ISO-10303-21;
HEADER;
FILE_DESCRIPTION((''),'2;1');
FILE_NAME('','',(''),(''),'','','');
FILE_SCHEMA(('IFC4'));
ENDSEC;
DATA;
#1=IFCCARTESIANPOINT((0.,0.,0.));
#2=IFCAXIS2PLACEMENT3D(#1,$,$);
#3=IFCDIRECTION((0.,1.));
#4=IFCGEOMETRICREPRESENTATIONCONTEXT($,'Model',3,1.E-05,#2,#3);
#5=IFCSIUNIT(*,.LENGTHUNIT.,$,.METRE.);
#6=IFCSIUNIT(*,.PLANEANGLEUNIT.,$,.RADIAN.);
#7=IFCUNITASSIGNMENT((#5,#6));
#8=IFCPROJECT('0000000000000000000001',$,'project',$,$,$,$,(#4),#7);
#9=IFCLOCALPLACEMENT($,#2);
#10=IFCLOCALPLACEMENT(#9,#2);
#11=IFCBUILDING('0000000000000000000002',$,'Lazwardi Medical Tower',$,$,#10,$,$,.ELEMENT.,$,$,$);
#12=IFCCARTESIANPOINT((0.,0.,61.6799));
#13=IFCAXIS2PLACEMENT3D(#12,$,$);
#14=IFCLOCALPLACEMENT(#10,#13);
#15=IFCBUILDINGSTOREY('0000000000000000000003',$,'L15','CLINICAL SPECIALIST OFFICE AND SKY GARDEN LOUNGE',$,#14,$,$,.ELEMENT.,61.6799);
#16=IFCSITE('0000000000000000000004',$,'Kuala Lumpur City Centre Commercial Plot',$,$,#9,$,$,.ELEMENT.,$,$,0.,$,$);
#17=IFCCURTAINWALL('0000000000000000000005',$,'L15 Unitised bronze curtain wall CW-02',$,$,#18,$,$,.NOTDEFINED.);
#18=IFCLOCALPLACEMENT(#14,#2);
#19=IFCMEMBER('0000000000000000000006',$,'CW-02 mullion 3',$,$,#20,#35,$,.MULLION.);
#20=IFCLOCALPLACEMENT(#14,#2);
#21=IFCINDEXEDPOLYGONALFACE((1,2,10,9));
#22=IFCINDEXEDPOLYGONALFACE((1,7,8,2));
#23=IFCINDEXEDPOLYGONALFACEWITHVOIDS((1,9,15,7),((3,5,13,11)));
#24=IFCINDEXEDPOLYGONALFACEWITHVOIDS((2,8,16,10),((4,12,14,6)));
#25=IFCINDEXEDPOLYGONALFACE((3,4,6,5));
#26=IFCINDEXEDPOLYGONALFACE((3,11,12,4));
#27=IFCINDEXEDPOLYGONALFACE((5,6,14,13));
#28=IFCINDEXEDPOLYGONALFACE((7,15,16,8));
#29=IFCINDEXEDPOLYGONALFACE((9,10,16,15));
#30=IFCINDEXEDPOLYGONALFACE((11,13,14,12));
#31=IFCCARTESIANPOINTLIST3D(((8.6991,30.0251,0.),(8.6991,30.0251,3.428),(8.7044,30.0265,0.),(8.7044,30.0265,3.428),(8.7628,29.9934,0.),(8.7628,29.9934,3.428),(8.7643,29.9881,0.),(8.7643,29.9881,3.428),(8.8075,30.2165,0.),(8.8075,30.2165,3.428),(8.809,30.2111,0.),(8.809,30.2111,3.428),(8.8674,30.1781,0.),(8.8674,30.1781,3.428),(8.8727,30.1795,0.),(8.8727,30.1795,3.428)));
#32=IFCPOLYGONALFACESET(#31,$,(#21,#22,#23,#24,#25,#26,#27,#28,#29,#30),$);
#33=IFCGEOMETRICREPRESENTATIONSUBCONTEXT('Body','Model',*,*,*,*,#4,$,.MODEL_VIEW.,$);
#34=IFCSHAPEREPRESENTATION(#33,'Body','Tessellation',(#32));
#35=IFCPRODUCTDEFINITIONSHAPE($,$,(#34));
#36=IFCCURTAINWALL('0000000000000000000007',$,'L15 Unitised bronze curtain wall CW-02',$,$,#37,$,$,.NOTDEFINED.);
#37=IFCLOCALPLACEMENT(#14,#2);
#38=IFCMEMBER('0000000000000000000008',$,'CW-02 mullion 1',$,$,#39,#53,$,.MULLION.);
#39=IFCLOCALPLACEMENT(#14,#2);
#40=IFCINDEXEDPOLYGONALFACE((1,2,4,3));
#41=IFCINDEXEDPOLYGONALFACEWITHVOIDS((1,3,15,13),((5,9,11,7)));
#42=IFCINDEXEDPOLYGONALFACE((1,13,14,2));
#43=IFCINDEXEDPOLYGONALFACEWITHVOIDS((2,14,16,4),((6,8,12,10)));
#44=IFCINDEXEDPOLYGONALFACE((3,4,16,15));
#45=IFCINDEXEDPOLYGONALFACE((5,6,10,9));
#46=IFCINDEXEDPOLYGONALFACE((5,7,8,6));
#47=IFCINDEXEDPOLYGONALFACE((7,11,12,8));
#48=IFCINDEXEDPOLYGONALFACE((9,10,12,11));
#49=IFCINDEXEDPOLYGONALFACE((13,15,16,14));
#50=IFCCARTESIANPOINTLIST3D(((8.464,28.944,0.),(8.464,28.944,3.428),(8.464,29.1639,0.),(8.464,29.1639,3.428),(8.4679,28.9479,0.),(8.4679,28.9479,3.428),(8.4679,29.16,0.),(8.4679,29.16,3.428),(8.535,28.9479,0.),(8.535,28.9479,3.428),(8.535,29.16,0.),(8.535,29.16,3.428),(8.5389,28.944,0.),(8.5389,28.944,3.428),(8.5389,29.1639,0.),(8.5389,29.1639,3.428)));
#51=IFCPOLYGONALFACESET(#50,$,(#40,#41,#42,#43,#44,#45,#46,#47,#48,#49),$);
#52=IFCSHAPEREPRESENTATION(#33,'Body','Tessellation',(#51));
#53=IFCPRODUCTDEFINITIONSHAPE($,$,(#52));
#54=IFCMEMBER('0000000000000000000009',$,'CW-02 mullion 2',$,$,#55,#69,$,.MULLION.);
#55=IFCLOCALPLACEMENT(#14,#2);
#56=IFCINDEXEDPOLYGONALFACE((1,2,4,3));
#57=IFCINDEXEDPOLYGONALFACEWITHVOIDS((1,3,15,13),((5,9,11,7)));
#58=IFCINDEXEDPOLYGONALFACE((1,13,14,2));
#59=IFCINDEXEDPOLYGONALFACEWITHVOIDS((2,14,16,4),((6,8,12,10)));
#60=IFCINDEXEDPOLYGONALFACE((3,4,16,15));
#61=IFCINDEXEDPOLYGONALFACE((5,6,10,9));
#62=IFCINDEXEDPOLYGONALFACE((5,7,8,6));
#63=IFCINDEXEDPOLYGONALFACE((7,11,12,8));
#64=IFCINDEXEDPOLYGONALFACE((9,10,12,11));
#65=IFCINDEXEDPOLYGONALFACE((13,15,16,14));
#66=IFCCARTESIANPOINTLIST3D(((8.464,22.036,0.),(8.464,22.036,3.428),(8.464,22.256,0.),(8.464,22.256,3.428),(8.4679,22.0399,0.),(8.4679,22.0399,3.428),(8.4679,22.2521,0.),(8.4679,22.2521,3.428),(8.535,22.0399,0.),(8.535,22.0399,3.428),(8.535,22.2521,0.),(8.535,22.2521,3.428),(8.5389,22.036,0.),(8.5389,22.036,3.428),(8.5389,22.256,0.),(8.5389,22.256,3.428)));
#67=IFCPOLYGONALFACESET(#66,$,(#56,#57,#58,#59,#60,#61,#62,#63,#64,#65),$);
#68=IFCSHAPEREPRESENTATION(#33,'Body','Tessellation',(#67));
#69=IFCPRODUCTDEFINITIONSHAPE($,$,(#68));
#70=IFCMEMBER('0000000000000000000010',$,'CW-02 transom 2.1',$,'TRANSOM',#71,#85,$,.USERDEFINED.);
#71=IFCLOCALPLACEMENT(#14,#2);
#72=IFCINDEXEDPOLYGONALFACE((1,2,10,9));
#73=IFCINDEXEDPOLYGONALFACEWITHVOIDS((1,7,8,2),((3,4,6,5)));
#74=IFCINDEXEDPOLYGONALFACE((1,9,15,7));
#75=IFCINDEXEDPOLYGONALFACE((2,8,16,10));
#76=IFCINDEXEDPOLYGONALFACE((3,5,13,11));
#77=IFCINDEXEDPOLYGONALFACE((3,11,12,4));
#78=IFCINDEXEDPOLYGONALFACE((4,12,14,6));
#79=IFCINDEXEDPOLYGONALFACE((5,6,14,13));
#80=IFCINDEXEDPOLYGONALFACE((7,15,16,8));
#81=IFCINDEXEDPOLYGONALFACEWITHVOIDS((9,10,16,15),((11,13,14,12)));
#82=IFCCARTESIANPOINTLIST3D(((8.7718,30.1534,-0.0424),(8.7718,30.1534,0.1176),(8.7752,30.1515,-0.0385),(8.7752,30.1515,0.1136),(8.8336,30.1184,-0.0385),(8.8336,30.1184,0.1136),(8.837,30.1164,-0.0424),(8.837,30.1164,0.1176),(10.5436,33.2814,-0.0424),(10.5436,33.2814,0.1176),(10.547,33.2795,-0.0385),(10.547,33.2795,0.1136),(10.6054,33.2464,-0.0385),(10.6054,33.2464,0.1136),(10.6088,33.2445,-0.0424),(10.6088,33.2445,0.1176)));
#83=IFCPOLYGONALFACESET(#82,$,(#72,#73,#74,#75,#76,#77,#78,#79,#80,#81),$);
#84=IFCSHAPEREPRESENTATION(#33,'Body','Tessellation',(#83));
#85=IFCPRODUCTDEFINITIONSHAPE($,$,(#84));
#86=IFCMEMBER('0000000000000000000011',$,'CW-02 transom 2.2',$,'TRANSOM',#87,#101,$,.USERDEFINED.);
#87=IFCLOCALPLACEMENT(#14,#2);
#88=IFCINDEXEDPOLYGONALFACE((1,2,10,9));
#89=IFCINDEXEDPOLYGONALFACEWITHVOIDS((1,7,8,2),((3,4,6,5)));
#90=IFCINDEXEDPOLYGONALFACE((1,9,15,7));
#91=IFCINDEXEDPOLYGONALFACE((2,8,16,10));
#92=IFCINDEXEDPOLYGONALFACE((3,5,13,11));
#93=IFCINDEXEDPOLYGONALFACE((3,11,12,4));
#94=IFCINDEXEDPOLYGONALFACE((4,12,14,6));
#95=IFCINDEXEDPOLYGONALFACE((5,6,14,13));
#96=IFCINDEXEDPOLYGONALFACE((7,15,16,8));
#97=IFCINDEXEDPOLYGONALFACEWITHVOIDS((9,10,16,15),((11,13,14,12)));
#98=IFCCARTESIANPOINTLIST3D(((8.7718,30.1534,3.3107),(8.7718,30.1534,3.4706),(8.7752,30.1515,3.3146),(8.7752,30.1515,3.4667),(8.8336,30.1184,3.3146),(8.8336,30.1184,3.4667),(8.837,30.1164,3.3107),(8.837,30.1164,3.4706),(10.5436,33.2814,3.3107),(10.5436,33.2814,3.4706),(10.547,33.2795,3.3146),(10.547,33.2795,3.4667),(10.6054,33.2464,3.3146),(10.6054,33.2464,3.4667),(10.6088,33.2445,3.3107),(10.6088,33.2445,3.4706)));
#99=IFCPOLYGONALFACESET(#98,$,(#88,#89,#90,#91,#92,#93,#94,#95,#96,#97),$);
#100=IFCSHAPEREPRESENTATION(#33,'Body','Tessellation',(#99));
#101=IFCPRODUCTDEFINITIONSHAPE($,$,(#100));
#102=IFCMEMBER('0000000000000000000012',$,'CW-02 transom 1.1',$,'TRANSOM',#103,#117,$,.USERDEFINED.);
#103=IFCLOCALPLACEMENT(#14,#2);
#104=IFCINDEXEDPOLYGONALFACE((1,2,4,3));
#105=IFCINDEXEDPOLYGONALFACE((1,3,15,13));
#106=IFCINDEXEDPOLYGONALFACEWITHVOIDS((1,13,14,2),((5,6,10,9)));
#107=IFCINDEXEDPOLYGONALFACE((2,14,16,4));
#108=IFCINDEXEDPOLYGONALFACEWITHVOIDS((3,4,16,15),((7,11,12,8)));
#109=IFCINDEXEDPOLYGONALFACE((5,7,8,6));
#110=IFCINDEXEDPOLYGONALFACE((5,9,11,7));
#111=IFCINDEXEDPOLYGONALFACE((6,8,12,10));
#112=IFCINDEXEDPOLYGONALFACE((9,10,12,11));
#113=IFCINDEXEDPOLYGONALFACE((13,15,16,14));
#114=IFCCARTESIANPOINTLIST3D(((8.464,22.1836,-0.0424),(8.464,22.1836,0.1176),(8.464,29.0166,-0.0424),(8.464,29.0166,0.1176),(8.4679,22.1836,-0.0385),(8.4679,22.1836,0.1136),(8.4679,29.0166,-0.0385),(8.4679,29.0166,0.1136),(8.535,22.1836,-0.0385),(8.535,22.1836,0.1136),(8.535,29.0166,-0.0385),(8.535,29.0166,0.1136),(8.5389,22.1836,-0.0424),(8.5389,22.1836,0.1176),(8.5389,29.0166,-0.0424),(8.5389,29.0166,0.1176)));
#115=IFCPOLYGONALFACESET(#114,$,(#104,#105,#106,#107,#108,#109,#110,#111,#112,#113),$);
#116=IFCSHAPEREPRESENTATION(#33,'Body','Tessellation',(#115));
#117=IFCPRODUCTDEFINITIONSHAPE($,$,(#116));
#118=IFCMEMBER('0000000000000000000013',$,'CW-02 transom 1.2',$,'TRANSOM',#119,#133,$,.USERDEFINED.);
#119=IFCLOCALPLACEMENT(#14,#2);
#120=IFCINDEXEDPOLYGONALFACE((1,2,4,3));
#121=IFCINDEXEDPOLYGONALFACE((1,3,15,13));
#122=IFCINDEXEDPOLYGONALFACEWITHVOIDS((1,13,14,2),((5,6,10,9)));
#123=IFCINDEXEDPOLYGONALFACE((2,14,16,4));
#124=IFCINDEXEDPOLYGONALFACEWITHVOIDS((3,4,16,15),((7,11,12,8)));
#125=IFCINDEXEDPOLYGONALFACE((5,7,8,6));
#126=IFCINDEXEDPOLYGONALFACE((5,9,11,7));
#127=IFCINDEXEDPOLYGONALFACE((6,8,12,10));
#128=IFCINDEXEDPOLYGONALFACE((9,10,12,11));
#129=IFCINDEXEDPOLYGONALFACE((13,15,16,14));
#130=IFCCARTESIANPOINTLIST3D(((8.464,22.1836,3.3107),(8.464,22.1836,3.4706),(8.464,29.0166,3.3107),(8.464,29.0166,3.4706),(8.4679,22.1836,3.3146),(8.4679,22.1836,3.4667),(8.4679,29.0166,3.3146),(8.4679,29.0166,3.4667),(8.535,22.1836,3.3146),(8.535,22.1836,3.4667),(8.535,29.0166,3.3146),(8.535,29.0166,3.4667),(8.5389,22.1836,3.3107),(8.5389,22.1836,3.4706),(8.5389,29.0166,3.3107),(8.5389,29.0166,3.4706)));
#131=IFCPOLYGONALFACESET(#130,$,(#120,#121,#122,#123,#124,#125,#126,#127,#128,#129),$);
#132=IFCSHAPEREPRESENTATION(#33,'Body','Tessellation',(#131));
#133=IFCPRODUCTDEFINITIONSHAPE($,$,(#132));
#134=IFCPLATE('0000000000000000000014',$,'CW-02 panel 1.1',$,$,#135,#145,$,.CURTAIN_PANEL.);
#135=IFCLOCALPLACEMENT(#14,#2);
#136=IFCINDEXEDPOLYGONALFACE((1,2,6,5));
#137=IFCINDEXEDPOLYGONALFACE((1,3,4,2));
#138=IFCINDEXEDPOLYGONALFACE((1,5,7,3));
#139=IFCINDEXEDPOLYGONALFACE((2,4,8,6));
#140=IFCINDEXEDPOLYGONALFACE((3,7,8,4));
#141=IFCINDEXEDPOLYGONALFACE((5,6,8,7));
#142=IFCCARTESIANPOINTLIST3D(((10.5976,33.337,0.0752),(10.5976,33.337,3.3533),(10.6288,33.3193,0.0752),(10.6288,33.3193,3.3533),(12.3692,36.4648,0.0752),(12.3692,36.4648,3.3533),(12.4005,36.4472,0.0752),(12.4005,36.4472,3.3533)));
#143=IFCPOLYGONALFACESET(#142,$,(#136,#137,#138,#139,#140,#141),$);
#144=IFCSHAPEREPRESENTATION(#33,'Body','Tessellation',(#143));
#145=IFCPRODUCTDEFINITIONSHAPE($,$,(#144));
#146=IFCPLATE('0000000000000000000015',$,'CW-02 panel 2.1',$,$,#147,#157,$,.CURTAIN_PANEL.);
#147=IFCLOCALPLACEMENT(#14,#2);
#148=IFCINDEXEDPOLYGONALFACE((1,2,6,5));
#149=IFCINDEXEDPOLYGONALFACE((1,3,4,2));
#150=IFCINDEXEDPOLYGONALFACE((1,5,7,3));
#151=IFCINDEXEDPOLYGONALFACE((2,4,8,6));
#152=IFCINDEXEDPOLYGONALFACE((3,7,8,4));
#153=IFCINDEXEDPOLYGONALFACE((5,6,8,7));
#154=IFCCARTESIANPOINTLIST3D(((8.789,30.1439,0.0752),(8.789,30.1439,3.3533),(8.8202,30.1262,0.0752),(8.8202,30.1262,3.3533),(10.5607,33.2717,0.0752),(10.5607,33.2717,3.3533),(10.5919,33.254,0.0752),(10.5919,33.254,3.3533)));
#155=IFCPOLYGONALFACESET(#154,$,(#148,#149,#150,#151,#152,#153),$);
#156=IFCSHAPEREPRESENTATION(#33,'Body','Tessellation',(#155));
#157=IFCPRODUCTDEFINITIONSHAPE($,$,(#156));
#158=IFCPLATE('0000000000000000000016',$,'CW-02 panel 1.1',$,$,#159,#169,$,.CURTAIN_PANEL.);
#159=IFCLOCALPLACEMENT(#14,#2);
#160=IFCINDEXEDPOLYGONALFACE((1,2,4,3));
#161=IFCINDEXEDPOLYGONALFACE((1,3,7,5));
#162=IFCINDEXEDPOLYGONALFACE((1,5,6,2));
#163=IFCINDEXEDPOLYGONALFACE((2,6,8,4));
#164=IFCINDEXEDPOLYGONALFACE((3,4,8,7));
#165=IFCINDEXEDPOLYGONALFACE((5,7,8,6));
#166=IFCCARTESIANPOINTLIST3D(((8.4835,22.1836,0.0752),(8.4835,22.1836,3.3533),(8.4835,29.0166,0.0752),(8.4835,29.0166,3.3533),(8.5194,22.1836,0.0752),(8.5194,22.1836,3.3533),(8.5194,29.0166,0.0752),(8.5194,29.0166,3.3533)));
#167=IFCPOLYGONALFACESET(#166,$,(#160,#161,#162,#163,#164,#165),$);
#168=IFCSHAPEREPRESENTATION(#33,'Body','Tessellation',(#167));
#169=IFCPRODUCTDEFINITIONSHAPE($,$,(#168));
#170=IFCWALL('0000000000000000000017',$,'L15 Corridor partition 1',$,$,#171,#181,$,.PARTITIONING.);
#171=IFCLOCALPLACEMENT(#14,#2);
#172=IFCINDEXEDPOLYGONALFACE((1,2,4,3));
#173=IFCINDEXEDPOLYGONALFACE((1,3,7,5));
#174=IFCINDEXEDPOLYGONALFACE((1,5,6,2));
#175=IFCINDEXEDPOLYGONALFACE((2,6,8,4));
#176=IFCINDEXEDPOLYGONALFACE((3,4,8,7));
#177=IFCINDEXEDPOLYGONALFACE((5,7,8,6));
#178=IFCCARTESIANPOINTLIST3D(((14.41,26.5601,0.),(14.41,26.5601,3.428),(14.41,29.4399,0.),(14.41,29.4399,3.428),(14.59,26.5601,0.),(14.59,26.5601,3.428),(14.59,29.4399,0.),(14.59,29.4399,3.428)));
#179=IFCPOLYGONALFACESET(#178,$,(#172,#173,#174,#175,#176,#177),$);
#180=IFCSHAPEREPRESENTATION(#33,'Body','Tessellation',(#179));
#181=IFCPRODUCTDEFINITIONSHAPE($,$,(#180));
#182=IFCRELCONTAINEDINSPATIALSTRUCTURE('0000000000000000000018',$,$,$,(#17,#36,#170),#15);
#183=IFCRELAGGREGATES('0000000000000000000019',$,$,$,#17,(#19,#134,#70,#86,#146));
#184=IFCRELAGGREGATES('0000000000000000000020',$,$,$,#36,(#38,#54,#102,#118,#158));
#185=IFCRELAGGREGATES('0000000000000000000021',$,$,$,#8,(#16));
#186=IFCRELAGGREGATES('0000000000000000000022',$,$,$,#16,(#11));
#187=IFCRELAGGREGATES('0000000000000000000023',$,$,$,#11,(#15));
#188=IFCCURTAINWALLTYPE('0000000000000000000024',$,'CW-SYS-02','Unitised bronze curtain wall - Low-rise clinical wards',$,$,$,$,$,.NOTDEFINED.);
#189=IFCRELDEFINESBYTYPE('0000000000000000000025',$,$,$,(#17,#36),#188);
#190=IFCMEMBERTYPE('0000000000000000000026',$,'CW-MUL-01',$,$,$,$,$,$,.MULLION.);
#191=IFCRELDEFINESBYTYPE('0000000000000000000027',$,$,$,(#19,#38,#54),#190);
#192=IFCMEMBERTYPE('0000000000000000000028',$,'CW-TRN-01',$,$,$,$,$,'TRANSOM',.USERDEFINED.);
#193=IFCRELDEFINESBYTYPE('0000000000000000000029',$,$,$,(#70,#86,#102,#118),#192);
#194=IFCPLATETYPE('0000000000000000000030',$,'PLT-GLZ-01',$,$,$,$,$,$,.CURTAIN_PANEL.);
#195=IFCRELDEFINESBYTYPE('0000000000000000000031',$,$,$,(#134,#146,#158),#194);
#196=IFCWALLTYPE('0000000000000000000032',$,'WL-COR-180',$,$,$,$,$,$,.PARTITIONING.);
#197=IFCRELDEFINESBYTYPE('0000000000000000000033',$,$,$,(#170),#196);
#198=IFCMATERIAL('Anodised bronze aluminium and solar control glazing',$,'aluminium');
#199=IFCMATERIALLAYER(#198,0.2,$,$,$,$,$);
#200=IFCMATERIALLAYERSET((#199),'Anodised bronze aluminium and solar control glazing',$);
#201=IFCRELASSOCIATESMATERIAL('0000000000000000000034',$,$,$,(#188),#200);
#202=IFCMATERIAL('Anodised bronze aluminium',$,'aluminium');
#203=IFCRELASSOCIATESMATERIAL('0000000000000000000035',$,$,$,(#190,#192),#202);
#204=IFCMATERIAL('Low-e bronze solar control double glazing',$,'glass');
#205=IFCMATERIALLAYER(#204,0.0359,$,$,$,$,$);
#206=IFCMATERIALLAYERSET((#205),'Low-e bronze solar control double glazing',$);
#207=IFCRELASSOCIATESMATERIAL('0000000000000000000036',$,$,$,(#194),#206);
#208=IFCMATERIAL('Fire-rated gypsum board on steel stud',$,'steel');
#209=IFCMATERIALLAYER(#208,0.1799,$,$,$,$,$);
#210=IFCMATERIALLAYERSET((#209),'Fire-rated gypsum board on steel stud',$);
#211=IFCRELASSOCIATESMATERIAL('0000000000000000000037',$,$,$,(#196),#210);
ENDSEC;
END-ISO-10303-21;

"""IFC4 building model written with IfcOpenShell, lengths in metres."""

from ifc_helpers import new_model, si_unit, direction, frame, frame_2d, origin, origin_2d, place, context, subcontext, project, spatial, rectangle, hollow_rectangle, extrude, material, layer, layer_set, material_profile, profile_set, type_object, element, aggregate, save


model = new_model("IFC4")

# Units and contexts
model_context = context("Model", 3, precision=1e-05, world=origin(), true_north=direction((0.0, 1.0)))
body_context = subcontext(model_context, "Body", "Model", "MODEL_VIEW")
ifc_project = project(units=[si_unit("LENGTHUNIT", "METRE"), si_unit("PLANEANGLEUNIT", "RADIAN")], contexts=[model_context])

# Site, building, storey
site_placement = place(None, origin())
site = spatial("IfcSite", under=ifc_project, at=site_placement, Name="Kuala Lumpur City Centre Commercial Plot", CompositionType="ELEMENT", RefElevation=0.0)
building_placement = place(site_placement, origin())
building = spatial("IfcBuilding", under=site, at=building_placement, Name="Lazwardi Medical Tower", CompositionType="ELEMENT")
storey_placement = place(building_placement, frame((0.0, 0.0, 61.6799)))
storey = spatial("IfcBuildingStorey", under=building, at=storey_placement, Name="L15", Description="CLINICAL SPECIALIST OFFICE AND SKY GARDEN LOUNGE", CompositionType="ELEMENT", Elevation=61.6799)

# Curtain walls, members
ifc_material_1 = material(Name="Anodised bronze aluminium and solar control glazing", Category="aluminium")
ifc_layer_1 = layer(ifc_material_1, 0.2)
ifc_layer_set_1 = layer_set([ifc_layer_1], Name="Anodised bronze aluminium and solar control glazing")
curtain_wall_type = type_object("IfcCurtainWallType", Name="CW-SYS-02", Description="Unitised bronze curtain wall - Low-rise clinical wards", PredefinedType="NOTDEFINED", material=ifc_layer_set_1)
curtain_wall_1_placement = place(storey_placement, origin())
curtain_wall_1 = element("IfcCurtainWall", 1, at=curtain_wall_1_placement, inside=storey, type_object=curtain_wall_type, Name="L15 Unitised bronze curtain wall CW-02", PredefinedType="NOTDEFINED")
ifc_material_2 = material(Name="Anodised bronze aluminium", Category="aluminium")
ifc_material_profile_1 = material_profile(ifc_material_2, hollow_rectangle(XDim=0.075, YDim=0.22, WallThickness=0.0039, at=origin_2d()), Name="ALU-MULLION 220x75x4")
ifc_profile_set_1 = profile_set([ifc_material_profile_1], Name="Anodised bronze aluminium")
member_type_1 = type_object("IfcMemberType", Name="CW-MUL-01", PredefinedType="MULLION", material=ifc_profile_set_1)
member_1_placement = place(storey_placement, frame((8.7859, 30.1023, 0.0), z_axis=(0.0, 0.0, 1.0), x_axis=(0.870112, -0.492854, 0.0)))
member_1 = element("IfcMember", 2, at=member_1_placement, type_object=member_type_1, Name="CW-02 mullion 3", PredefinedType="MULLION", context=body_context, shape_type="SweptSolid", body=[
    extrude(hollow_rectangle(XDim=0.075, YDim=0.22, WallThickness=0.0039, at=origin_2d()), origin(), (0.0, 0.0, 1.0), 3.428),
])
curtain_wall_2_placement = place(storey_placement, origin())
curtain_wall_2 = element("IfcCurtainWall", 3, at=curtain_wall_2_placement, inside=storey, type_object=curtain_wall_type, Name="L15 Unitised bronze curtain wall CW-02", PredefinedType="NOTDEFINED")
member_2_placement = place(storey_placement, frame((8.5015, 29.054, 0.0), z_axis=(0.0, 0.0, 1.0), x_axis=(1.0, 0.0, 0.0)))
member_2 = element("IfcMember", 4, at=member_2_placement, type_object=member_type_1, Name="CW-02 mullion 1", PredefinedType="MULLION", context=body_context, shape_type="SweptSolid", body=[
    extrude(hollow_rectangle(XDim=0.075, YDim=0.22, WallThickness=0.0039, at=origin_2d()), origin(), (0.0, 0.0, 1.0), 3.428),
])
member_3_placement = place(storey_placement, frame((8.5015, 22.146, 0.0), z_axis=(0.0, 0.0, 1.0), x_axis=(1.0, 0.0, 0.0)))
member_3 = element("IfcMember", 5, at=member_3_placement, type_object=member_type_1, Name="CW-02 mullion 2", PredefinedType="MULLION", context=body_context, shape_type="SweptSolid", body=[
    extrude(hollow_rectangle(XDim=0.075, YDim=0.22, WallThickness=0.0039, at=origin_2d()), origin(), (0.0, 0.0, 1.0), 3.428),
])

# Members
ifc_material_profile_2 = material_profile(ifc_material_2, hollow_rectangle(XDim=0.075, YDim=0.1599, WallThickness=0.0039, at=origin_2d()), Name="ALU-TRANSOM 160x75x4")
ifc_profile_set_2 = profile_set([ifc_material_profile_2], Name="Anodised bronze aluminium")
member_type_2 = type_object("IfcMemberType", Name="CW-TRN-01", ElementType="TRANSOM", PredefinedType="USERDEFINED", material=ifc_profile_set_2)
member_4_placement = place(storey_placement, frame((10.5762, 33.2629, 0.0376), z_axis=(-0.492851, -0.870113, 0.0), x_axis=(0.870113, -0.492851, 0.0)))
member_4 = element("IfcMember", 6, at=member_4_placement, type_object=member_type_2, Name="CW-02 transom 2.1", ObjectType="TRANSOM", PredefinedType="USERDEFINED", context=body_context, shape_type="SweptSolid", body=[
    extrude(hollow_rectangle(XDim=0.075, YDim=0.1599, WallThickness=0.0039, at=origin_2d()), origin(), (0.0, 0.0, 1.0), 3.595),
])
member_5_placement = place(storey_placement, frame((10.5762, 33.2629, 3.3906), z_axis=(-0.492851, -0.870113, 0.0), x_axis=(0.870113, -0.492851, 0.0)))
member_5 = element("IfcMember", 7, at=member_5_placement, type_object=member_type_2, Name="CW-02 transom 2.2", ObjectType="TRANSOM", PredefinedType="USERDEFINED", context=body_context, shape_type="SweptSolid", body=[
    extrude(hollow_rectangle(XDim=0.075, YDim=0.1599, WallThickness=0.0039, at=origin_2d()), origin(), (0.0, 0.0, 1.0), 3.595),
])
member_6_placement = place(storey_placement, frame((8.5015, 29.0166, 0.0376), z_axis=(0.0, -1.0, 0.0), x_axis=(1.0, 0.0, 0.0)))
member_6 = element("IfcMember", 8, at=member_6_placement, type_object=member_type_2, Name="CW-02 transom 1.1", ObjectType="TRANSOM", PredefinedType="USERDEFINED", context=body_context, shape_type="SweptSolid", body=[
    extrude(hollow_rectangle(XDim=0.075, YDim=0.1599, WallThickness=0.0039, at=origin_2d()), origin(), (0.0, 0.0, 1.0), 6.833),
])
member_7_placement = place(storey_placement, frame((8.5015, 29.0166, 3.3906), z_axis=(0.0, -1.0, 0.0), x_axis=(1.0, 0.0, 0.0)))
member_7 = element("IfcMember", 9, at=member_7_placement, type_object=member_type_2, Name="CW-02 transom 1.2", ObjectType="TRANSOM", PredefinedType="USERDEFINED", context=body_context, shape_type="SweptSolid", body=[
    extrude(hollow_rectangle(XDim=0.075, YDim=0.1599, WallThickness=0.0039, at=origin_2d()), origin(), (0.0, 0.0, 1.0), 6.833),
])

# Plates
ifc_material_3 = material(Name="Low-e bronze solar control double glazing", Category="glass")
ifc_layer_2 = layer(ifc_material_3, 0.0359)
ifc_layer_set_2 = layer_set([ifc_layer_2], Name="Low-e bronze solar control double glazing")
plate_type = type_object("IfcPlateType", Name="PLT-GLZ-01", PredefinedType="CURTAIN_PANEL", material=ifc_layer_set_2)
plate_1_placement = place(storey_placement, frame((11.499, 34.8921, 0.0752), z_axis=(0.0, 0.0, 1.0), x_axis=(-0.492854, -0.870112, 0.0)))
plate_1 = element("IfcPlate", 10, at=plate_1_placement, type_object=plate_type, Name="CW-02 panel 1.1", PredefinedType="CURTAIN_PANEL", context=body_context, shape_type="SweptSolid", body=[
    extrude(rectangle(XDim=3.5947, YDim=0.0359, at=origin_2d()), origin(), (0.0, 0.0, 1.0), 3.2781),
])
plate_2_placement = place(storey_placement, frame((9.6904, 31.699, 0.0752), z_axis=(0.0, 0.0, 1.0), x_axis=(-0.492854, -0.870112, 0.0)))
plate_2 = element("IfcPlate", 11, at=plate_2_placement, type_object=plate_type, Name="CW-02 panel 2.1", PredefinedType="CURTAIN_PANEL", context=body_context, shape_type="SweptSolid", body=[
    extrude(rectangle(XDim=3.5947, YDim=0.0359, at=origin_2d()), origin(), (0.0, 0.0, 1.0), 3.2781),
])
aggregate(curtain_wall_1, [member_1, plate_1, member_4, member_5, plate_2])
plate_3_placement = place(storey_placement, frame((8.5015, 25.6001, 0.0752), z_axis=(0.0, 0.0, 1.0), x_axis=(0.0, -1.0, 0.0)))
plate_3 = element("IfcPlate", 12, at=plate_3_placement, type_object=plate_type, Name="CW-02 panel 1.1", PredefinedType="CURTAIN_PANEL", context=body_context, shape_type="SweptSolid", body=[
    extrude(rectangle(XDim=6.833, YDim=0.0359, at=origin_2d()), origin(), (0.0, 0.0, 1.0), 3.2781),
])
aggregate(curtain_wall_2, [member_2, member_3, member_6, member_7, plate_3])

# Wall
ifc_material_4 = material(Name="Fire-rated gypsum board on steel stud", Category="steel")
ifc_layer_3 = layer(ifc_material_4, 0.1799)
ifc_layer_set_3 = layer_set([ifc_layer_3], Name="Fire-rated gypsum board on steel stud")
wall_type_1 = type_object("IfcWallType", Name="WL-COR-180", PredefinedType="PARTITIONING", material=ifc_layer_set_3)
wall_1_placement = place(storey_placement, frame((14.5, 26.5601, 0.0), z_axis=(0.0, 0.0, 1.0), x_axis=(0.0, 1.0, 0.0)))
element("IfcWall", 13, at=wall_1_placement, inside=storey, type_object=wall_type_1, Name="L15 Corridor partition 1", PredefinedType="PARTITIONING", context=body_context, shape_type="SweptSolid", body=[
    extrude(rectangle(XDim=2.8799, YDim=0.1799, at=frame_2d((1.4399, 0.0))), origin(), (0.0, 0.0, 1.0), 3.428),
])

save(model, "model.ifc")
